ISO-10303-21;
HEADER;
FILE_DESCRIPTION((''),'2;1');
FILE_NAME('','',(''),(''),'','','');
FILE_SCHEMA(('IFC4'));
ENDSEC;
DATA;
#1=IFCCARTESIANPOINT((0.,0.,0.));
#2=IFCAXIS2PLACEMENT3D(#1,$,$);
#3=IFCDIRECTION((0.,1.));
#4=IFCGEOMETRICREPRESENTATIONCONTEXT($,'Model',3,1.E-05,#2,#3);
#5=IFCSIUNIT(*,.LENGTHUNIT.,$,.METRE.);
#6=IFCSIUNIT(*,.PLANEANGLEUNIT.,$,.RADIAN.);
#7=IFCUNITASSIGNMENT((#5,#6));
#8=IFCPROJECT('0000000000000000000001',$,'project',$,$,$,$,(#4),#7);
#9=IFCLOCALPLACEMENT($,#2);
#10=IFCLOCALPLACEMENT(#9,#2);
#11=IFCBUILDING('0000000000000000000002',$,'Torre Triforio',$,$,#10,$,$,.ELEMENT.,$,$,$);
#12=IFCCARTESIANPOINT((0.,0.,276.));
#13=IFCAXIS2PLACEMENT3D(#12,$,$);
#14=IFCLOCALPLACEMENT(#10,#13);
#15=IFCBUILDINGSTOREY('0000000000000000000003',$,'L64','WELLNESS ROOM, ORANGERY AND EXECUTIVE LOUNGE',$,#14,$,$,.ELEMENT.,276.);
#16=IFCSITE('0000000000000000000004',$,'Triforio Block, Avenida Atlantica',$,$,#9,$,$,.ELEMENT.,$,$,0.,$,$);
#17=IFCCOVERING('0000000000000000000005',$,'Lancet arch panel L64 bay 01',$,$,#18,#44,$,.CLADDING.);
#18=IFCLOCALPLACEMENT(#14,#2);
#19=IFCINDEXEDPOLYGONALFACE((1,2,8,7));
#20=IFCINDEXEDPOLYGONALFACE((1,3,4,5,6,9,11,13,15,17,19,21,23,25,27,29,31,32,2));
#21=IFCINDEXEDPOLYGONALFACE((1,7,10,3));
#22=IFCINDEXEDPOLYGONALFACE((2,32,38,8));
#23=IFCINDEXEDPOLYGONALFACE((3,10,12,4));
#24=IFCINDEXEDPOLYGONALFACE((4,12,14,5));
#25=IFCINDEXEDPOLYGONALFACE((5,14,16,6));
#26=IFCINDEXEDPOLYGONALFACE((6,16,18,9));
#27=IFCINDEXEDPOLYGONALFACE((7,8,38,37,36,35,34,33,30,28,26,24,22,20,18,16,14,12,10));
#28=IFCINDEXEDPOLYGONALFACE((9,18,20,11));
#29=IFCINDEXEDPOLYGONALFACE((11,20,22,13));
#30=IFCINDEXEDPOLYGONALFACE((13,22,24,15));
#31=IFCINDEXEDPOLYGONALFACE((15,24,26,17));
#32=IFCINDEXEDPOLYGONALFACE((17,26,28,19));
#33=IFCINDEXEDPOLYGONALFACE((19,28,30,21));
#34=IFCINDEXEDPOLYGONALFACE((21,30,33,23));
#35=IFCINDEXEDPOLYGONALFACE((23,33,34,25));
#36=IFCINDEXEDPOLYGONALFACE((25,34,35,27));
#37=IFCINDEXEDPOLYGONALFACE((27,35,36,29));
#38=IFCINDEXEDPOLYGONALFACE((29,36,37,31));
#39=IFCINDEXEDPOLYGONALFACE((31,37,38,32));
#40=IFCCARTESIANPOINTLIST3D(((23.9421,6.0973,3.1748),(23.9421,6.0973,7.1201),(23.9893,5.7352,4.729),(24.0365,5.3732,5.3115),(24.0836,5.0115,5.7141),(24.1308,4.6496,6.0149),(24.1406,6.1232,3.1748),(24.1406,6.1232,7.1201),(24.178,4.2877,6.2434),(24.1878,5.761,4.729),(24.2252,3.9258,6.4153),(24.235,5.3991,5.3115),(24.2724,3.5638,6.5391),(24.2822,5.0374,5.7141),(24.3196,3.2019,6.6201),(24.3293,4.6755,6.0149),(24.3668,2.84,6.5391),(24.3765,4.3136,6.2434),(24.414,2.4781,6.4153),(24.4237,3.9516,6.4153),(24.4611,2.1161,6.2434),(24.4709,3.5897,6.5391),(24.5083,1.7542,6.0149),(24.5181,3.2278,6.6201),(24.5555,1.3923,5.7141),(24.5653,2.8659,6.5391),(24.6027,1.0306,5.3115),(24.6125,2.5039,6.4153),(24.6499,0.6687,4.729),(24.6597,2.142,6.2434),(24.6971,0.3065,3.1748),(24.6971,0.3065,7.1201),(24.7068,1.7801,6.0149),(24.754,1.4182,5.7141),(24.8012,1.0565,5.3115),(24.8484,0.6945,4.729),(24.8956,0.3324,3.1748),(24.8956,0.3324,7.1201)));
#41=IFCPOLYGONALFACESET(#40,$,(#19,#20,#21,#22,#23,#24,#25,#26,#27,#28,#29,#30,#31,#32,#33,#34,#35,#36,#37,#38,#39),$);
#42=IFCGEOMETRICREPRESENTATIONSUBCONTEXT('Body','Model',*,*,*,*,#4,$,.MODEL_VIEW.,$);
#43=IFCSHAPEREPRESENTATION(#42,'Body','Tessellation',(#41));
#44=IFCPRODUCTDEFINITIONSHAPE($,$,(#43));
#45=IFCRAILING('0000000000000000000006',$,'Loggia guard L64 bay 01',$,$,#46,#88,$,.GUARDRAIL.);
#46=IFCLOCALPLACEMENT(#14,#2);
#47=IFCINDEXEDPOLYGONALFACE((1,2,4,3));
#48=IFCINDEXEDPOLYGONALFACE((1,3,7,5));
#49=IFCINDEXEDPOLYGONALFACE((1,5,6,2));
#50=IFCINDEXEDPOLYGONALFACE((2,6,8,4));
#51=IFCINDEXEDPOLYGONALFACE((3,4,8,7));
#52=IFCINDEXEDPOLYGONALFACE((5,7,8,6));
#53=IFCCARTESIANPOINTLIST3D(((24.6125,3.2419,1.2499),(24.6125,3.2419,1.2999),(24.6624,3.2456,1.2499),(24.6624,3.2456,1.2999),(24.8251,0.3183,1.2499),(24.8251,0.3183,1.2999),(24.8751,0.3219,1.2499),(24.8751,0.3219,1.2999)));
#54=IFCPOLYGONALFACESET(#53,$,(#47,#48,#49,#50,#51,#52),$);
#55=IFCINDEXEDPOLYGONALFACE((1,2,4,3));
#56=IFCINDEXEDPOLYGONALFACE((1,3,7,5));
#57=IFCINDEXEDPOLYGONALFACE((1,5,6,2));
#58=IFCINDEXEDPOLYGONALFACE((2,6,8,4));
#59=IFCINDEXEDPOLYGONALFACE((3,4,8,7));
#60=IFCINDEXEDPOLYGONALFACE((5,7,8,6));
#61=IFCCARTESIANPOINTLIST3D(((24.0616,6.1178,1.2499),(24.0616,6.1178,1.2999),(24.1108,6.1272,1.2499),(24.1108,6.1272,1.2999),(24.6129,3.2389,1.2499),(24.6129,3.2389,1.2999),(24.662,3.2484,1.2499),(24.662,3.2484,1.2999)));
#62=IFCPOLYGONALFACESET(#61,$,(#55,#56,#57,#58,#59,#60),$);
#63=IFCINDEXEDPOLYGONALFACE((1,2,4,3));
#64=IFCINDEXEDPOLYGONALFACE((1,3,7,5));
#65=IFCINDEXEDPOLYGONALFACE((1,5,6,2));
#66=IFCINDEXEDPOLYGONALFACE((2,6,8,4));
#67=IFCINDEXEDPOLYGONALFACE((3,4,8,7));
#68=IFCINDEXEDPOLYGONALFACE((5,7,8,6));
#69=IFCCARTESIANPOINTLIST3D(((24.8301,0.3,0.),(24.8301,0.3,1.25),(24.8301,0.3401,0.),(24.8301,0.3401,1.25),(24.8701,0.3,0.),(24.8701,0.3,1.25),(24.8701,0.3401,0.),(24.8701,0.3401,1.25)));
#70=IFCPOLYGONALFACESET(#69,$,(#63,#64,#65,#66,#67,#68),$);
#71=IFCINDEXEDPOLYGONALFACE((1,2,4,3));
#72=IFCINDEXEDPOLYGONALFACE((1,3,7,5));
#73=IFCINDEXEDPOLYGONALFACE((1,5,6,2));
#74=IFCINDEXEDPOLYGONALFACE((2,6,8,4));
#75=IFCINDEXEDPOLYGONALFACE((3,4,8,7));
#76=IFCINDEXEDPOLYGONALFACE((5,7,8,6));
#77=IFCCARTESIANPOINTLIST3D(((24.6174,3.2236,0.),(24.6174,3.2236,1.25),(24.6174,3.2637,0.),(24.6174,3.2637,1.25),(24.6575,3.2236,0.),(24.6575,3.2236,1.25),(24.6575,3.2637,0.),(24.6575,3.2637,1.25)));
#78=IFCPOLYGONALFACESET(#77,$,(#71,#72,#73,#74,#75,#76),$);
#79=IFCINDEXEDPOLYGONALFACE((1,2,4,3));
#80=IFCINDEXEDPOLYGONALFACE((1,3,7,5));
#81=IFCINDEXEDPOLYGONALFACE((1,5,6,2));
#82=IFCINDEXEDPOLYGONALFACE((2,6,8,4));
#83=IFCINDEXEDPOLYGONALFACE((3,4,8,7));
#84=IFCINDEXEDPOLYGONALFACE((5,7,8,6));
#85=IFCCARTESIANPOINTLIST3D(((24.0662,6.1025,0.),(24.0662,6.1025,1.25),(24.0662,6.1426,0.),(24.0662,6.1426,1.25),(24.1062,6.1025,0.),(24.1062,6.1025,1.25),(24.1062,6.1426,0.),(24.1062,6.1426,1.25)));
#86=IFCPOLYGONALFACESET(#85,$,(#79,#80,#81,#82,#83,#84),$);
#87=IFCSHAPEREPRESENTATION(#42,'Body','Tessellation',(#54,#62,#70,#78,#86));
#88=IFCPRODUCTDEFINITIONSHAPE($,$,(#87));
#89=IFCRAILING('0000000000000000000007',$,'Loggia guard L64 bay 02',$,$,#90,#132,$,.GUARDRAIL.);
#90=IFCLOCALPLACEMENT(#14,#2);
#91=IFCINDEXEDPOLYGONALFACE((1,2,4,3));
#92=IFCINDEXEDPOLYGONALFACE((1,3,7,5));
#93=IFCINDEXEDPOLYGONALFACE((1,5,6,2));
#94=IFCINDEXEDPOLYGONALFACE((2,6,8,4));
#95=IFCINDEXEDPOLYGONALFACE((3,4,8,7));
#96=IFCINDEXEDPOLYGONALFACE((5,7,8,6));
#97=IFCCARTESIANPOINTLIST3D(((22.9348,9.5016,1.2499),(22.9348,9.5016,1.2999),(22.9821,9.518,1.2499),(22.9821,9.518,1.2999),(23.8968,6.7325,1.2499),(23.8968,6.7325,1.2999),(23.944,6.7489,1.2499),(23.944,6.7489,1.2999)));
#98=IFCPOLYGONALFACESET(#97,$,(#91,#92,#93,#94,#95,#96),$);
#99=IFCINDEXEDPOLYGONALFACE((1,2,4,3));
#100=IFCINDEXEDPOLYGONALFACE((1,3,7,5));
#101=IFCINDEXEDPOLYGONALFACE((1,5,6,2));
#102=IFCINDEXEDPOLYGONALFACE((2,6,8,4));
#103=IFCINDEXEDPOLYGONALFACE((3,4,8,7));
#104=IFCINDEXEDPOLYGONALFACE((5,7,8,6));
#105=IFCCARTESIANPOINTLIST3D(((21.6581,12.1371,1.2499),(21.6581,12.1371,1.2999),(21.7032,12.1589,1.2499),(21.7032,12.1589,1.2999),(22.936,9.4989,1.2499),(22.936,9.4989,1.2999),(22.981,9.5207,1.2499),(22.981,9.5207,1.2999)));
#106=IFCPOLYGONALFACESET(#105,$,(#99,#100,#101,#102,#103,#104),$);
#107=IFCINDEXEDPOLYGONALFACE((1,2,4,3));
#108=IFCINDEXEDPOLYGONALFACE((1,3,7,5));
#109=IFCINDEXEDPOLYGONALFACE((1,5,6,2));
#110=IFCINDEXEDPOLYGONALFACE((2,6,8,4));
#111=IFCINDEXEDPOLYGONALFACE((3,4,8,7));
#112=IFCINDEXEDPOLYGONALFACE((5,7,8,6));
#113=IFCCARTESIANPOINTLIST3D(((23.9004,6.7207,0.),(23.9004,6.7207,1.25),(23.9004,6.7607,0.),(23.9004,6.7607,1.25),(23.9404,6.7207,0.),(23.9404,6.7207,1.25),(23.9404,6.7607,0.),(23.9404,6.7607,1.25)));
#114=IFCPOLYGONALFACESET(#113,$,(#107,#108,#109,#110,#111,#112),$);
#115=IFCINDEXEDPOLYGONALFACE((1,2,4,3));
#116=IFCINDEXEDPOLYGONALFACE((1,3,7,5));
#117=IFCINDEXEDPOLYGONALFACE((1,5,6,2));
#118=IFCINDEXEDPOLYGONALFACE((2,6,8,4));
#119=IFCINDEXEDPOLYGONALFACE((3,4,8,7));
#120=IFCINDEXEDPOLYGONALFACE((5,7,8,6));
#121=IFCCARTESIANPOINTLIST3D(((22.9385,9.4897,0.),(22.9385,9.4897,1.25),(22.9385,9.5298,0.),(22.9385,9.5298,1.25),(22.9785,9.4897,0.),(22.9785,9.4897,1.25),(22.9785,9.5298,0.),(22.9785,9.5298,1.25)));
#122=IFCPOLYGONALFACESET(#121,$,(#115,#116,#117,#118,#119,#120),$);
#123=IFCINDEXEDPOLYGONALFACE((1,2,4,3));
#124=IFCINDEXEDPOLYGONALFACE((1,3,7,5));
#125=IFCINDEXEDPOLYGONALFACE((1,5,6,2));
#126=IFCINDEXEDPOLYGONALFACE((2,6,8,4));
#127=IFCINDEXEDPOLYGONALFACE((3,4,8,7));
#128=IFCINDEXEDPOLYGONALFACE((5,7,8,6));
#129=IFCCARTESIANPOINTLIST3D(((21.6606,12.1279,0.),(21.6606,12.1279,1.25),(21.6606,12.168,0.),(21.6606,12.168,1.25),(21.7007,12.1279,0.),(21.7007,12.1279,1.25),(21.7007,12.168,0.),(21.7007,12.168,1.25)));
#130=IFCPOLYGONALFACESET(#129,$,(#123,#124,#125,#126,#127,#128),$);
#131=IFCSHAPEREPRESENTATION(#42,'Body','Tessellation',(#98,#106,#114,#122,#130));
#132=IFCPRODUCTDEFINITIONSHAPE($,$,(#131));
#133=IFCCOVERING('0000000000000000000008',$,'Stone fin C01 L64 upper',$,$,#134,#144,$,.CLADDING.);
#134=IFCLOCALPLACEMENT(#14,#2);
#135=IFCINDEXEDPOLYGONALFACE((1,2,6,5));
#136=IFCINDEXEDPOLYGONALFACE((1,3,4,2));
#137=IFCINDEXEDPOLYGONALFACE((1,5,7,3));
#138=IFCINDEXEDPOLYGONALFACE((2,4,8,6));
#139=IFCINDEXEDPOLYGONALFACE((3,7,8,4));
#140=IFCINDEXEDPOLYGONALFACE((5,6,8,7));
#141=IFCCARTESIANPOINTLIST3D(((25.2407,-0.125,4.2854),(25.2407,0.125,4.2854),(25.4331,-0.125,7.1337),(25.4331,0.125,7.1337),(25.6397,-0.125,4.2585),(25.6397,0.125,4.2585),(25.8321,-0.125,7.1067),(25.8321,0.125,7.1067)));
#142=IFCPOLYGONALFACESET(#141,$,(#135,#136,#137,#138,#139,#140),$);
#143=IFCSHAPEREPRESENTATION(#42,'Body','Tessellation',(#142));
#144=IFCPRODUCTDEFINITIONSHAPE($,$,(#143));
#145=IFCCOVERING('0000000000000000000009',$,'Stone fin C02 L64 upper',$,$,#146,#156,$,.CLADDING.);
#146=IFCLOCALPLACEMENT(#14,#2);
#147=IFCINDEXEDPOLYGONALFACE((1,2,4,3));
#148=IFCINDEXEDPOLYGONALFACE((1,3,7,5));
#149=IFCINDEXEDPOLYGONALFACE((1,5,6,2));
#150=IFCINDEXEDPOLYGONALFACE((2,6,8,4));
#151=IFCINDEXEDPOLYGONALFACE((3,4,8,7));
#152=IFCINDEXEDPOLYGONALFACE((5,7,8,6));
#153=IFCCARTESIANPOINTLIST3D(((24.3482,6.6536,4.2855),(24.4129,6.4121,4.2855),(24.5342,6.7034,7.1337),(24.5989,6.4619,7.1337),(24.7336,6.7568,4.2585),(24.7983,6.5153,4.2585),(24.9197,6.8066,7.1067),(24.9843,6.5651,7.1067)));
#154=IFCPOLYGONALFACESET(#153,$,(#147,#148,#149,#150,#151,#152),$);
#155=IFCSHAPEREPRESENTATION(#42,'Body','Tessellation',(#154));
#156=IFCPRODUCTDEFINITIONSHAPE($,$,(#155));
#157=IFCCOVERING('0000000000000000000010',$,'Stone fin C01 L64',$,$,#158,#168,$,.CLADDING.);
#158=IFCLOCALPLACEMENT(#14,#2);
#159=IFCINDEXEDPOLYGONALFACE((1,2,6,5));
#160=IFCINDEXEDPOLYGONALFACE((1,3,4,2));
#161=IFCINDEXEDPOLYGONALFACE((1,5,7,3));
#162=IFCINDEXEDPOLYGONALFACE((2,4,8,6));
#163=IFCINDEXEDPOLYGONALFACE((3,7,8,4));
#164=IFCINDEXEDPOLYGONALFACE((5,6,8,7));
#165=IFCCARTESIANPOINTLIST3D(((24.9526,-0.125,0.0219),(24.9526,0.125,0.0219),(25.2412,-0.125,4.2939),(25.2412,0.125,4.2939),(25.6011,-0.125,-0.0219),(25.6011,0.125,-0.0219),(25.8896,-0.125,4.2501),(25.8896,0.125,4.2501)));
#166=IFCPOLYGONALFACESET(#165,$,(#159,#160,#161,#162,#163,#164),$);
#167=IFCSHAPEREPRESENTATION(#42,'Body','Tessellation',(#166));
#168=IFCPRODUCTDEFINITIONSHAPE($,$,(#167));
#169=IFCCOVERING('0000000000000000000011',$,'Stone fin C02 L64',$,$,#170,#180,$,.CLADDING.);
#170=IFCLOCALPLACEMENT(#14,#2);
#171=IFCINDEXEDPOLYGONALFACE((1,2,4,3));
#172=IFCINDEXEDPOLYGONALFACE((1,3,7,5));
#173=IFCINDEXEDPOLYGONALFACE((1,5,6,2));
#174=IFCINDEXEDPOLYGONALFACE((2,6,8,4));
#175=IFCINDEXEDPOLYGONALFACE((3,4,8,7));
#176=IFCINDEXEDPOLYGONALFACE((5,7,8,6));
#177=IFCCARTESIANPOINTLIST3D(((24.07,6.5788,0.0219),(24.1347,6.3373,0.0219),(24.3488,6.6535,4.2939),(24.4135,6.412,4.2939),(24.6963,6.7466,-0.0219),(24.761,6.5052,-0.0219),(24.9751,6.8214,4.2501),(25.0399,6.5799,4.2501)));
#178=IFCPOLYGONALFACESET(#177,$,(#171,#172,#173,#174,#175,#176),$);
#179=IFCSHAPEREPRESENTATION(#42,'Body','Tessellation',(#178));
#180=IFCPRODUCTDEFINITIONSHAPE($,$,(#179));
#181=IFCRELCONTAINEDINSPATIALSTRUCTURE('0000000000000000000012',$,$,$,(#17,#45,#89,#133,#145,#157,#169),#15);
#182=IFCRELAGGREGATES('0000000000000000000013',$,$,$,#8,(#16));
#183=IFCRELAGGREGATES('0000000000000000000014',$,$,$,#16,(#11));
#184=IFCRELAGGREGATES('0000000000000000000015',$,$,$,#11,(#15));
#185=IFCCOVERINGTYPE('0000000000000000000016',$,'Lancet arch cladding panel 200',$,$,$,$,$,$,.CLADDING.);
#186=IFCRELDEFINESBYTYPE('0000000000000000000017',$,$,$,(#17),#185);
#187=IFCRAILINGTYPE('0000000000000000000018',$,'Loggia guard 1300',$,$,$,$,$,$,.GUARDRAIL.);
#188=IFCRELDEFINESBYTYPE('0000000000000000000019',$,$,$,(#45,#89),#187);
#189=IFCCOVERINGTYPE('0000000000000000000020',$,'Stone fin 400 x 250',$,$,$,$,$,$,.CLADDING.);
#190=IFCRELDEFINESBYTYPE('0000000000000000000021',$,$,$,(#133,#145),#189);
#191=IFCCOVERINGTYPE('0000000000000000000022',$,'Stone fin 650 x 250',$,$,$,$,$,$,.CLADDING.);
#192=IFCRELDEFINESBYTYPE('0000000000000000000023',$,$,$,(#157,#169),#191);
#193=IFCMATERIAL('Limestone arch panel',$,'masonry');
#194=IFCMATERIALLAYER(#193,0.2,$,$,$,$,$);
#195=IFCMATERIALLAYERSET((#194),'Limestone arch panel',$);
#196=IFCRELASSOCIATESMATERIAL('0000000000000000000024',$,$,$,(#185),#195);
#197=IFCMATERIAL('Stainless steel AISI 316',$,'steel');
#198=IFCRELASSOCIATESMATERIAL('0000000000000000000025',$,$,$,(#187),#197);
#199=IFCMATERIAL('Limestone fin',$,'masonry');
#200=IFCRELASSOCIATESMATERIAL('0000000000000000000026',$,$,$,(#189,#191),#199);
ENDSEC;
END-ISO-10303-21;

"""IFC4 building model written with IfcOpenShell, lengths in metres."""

from ifc_helpers import new_model, si_unit, direction, frame, origin, origin_2d, place, context, subcontext, project, spatial, polyline, rectangle, outline, extrude, material, layer, layer_set, material_profile, profile_set, type_object, element, save


model = new_model("IFC4")

# Units and contexts
model_context = context("Model", 3, precision=1e-05, world=origin(), true_north=direction((0.0, 1.0)))
body_context = subcontext(model_context, "Body", "Model", "MODEL_VIEW")
ifc_project = project(units=[si_unit("LENGTHUNIT", "METRE"), si_unit("PLANEANGLEUNIT", "RADIAN")], contexts=[model_context])

# Site, building, storey
site_placement = place(None, origin())
site = spatial("IfcSite", under=ifc_project, at=site_placement, Name="Triforio Block, Avenida Atlantica", CompositionType="ELEMENT", RefElevation=0.0)
building_placement = place(site_placement, origin())
building = spatial("IfcBuilding", under=site, at=building_placement, Name="Torre Triforio", CompositionType="ELEMENT")
storey_placement = place(building_placement, frame((0.0, 0.0, 276.0)))
storey = spatial("IfcBuildingStorey", under=building, at=storey_placement, Name="L64", Description="WELLNESS ROOM, ORANGERY AND EXECUTIVE LOUNGE", CompositionType="ELEMENT", Elevation=276.0)

# Covering
ifc_material_1 = material(Name="Limestone arch panel", Category="masonry")
ifc_layer_1 = layer(ifc_material_1, 0.2)
ifc_layer_set_1 = layer_set([ifc_layer_1], Name="Limestone arch panel")
covering_type_1 = type_object("IfcCoveringType", Name="Lancet arch cladding panel 200", PredefinedType="CLADDING", material=ifc_layer_set_1)
covering_placement = place(storey_placement, frame((24.3196, 3.2019, 0.0), z_axis=(0.991607, 0.129287, 0.0), x_axis=(-0.129287, 0.991607, 0.0)))
element("IfcCovering", 1, at=covering_placement, inside=storey, type_object=covering_type_1, Name="Lancet arch panel L64 bay 01", PredefinedType="CLADDING", context=body_context, shape_type="SweptSolid", body=[
    extrude(outline(polyline([(-2.9199, 7.1201), (-2.9199, 3.1748), (-2.5547, 4.729), (-2.1897, 5.3115), (-1.825, 5.7141), (-1.46, 6.0149), (-1.095, 6.2434), (-0.73, 6.4153), (-0.365, 6.5391), (0.0, 6.6201), (0.365, 6.5391), (0.73, 6.4153), (1.095, 6.2434), (1.46, 6.0149), (1.825, 5.7141), (2.1897, 5.3115), (2.5547, 4.729), (2.9199, 3.1748), (2.9199, 7.1201), (-2.9199, 7.1201)])), origin(), (0.0, 0.0, 1.0), 0.2002),
])

# Railings
ifc_material_2 = material(Name="Stainless steel AISI 316", Category="steel")
railing_type = type_object("IfcRailingType", Name="Loggia guard 1300", PredefinedType="GUARDRAIL", material=ifc_material_2)
railing_1_placement = place(storey_placement, frame((24.8501, 0.3201, 0.0)))
element("IfcRailing", 2, at=railing_1_placement, inside=storey, type_object=railing_type, Name="Loggia guard L64 bay 01", PredefinedType="GUARDRAIL", context=body_context, shape_type="SweptSolid", body=[
    extrude(rectangle(XDim=0.05, YDim=0.05, at=origin_2d()), frame((0.0, 0.0, 1.2749), z_axis=(-0.072543, 0.997365, 0.0), x_axis=(-0.997365, -0.072543, 0.0)), (0.0, 0.0, 1.0), 2.9314),
    extrude(rectangle(XDim=0.05, YDim=0.05, at=origin_2d()), frame((-0.2126, 2.9236, 1.2749), z_axis=(-0.188069, 0.982156, 0.0), x_axis=(-0.982156, -0.188069, 0.0)), (0.0, 0.0, 1.0), 2.9312),
    extrude(rectangle(XDim=0.04, YDim=0.04, at=origin_2d()), origin(), (0.0, 0.0, 1.0), 1.25),
    extrude(rectangle(XDim=0.04, YDim=0.04, at=origin_2d()), frame((-0.2126, 2.9236, 0.0)), (0.0, 0.0, 1.0), 1.25),
    extrude(rectangle(XDim=0.04, YDim=0.04, at=origin_2d()), frame((-0.7639, 5.8025, 0.0)), (0.0, 0.0, 1.0), 1.25),
])
railing_2_placement = place(storey_placement, frame((23.9204, 6.7407, 0.0)))
element("IfcRailing", 3, at=railing_2_placement, inside=storey, type_object=railing_type, Name="Loggia guard L64 bay 02", PredefinedType="GUARDRAIL", context=body_context, shape_type="SweptSolid", body=[
    extrude(rectangle(XDim=0.05, YDim=0.05, at=origin_2d()), frame((0.0, 0.0, 1.2749), z_axis=(-0.328146, 0.944627, 0.0), x_axis=(-0.944627, -0.328146, 0.0)), (0.0, 0.0, 1.0), 2.9314),
    extrude(rectangle(XDim=0.05, YDim=0.05, at=origin_2d()), frame((-0.9619, 2.769, 1.2749), z_axis=(-0.435918, 0.899986, 0.0), x_axis=(-0.899986, -0.435918, 0.0)), (0.0, 0.0, 1.0), 2.9314),
    extrude(rectangle(XDim=0.04, YDim=0.04, at=origin_2d()), origin(), (0.0, 0.0, 1.0), 1.25),
    extrude(rectangle(XDim=0.04, YDim=0.04, at=origin_2d()), frame((-0.9619, 2.769, 0.0)), (0.0, 0.0, 1.0), 1.25),
    extrude(rectangle(XDim=0.04, YDim=0.04, at=origin_2d()), frame((-2.2397, 5.4072, 0.0)), (0.0, 0.0, 1.0), 1.25),
])

# Coverings
ifc_material_3 = material(Name="Limestone fin", Category="masonry")
ifc_material_profile_1 = material_profile(ifc_material_3, rectangle(XDim=0.3999, YDim=0.25, at=origin_2d()), Name="FIN 400x250")
ifc_profile_set_1 = profile_set([ifc_material_profile_1], Name="Limestone fin")
covering_type_2 = type_object("IfcCoveringType", Name="Stone fin 400 x 250", PredefinedType="CLADDING", material=ifc_profile_set_1)
for number, where, z_axis, x_axis, name in (
    (4, (25.4402, 0.0, 4.272), (0.067393, 0.0, 0.997726), (-0.997726, 0.0, 0.067393), "Stone fin C01 L64 upper"),
    (5, (24.5732, 6.5845, 4.272), (0.065169, 0.017447, 0.997722), (-0.963781, -0.25802, 0.067464), "Stone fin C02 L64 upper"),
):
    element("IfcCovering", number, at=place(storey_placement, frame(where, z_axis=z_axis, x_axis=x_axis)), inside=storey, type_object=covering_type_2, Name=name, PredefinedType="CLADDING", context=body_context, shape_type="SweptSolid", body=[
        extrude(rectangle(XDim=0.3999, YDim=0.25, at=origin_2d()), origin(), (0.0, 0.0, 1.0), 2.8547),
    ])
ifc_material_profile_2 = material_profile(ifc_material_3, rectangle(XDim=0.6499, YDim=0.25, at=origin_2d()), Name="FIN 650x250")
ifc_profile_set_2 = profile_set([ifc_material_profile_2], Name="Limestone fin")
covering_type_3 = type_object("IfcCoveringType", Name="Stone fin 650 x 250", PredefinedType="CLADDING", material=ifc_profile_set_2)
for number, where, z_axis, x_axis, name in (
    (6, (25.2769, 0.0, 0.0), (0.067397, 0.0, 0.997726), (-0.997726, 0.0, 0.067397), "Stone fin C01 L64"),
    (7, (24.4155, 6.542, 0.0), (0.065116, 0.017448, 0.997725), (-0.963728, -0.258232, 0.067413), "Stone fin C02 L64"),
):
    element("IfcCovering", number, at=place(storey_placement, frame(where, z_axis=z_axis, x_axis=x_axis)), inside=storey, type_object=covering_type_3, Name=name, PredefinedType="CLADDING", context=body_context, shape_type="SweptSolid", body=[
        extrude(rectangle(XDim=0.6499, YDim=0.25, at=origin_2d()), origin(), (0.0, 0.0, 1.0), 4.2817),
    ])

save(model, "model.ifc")
